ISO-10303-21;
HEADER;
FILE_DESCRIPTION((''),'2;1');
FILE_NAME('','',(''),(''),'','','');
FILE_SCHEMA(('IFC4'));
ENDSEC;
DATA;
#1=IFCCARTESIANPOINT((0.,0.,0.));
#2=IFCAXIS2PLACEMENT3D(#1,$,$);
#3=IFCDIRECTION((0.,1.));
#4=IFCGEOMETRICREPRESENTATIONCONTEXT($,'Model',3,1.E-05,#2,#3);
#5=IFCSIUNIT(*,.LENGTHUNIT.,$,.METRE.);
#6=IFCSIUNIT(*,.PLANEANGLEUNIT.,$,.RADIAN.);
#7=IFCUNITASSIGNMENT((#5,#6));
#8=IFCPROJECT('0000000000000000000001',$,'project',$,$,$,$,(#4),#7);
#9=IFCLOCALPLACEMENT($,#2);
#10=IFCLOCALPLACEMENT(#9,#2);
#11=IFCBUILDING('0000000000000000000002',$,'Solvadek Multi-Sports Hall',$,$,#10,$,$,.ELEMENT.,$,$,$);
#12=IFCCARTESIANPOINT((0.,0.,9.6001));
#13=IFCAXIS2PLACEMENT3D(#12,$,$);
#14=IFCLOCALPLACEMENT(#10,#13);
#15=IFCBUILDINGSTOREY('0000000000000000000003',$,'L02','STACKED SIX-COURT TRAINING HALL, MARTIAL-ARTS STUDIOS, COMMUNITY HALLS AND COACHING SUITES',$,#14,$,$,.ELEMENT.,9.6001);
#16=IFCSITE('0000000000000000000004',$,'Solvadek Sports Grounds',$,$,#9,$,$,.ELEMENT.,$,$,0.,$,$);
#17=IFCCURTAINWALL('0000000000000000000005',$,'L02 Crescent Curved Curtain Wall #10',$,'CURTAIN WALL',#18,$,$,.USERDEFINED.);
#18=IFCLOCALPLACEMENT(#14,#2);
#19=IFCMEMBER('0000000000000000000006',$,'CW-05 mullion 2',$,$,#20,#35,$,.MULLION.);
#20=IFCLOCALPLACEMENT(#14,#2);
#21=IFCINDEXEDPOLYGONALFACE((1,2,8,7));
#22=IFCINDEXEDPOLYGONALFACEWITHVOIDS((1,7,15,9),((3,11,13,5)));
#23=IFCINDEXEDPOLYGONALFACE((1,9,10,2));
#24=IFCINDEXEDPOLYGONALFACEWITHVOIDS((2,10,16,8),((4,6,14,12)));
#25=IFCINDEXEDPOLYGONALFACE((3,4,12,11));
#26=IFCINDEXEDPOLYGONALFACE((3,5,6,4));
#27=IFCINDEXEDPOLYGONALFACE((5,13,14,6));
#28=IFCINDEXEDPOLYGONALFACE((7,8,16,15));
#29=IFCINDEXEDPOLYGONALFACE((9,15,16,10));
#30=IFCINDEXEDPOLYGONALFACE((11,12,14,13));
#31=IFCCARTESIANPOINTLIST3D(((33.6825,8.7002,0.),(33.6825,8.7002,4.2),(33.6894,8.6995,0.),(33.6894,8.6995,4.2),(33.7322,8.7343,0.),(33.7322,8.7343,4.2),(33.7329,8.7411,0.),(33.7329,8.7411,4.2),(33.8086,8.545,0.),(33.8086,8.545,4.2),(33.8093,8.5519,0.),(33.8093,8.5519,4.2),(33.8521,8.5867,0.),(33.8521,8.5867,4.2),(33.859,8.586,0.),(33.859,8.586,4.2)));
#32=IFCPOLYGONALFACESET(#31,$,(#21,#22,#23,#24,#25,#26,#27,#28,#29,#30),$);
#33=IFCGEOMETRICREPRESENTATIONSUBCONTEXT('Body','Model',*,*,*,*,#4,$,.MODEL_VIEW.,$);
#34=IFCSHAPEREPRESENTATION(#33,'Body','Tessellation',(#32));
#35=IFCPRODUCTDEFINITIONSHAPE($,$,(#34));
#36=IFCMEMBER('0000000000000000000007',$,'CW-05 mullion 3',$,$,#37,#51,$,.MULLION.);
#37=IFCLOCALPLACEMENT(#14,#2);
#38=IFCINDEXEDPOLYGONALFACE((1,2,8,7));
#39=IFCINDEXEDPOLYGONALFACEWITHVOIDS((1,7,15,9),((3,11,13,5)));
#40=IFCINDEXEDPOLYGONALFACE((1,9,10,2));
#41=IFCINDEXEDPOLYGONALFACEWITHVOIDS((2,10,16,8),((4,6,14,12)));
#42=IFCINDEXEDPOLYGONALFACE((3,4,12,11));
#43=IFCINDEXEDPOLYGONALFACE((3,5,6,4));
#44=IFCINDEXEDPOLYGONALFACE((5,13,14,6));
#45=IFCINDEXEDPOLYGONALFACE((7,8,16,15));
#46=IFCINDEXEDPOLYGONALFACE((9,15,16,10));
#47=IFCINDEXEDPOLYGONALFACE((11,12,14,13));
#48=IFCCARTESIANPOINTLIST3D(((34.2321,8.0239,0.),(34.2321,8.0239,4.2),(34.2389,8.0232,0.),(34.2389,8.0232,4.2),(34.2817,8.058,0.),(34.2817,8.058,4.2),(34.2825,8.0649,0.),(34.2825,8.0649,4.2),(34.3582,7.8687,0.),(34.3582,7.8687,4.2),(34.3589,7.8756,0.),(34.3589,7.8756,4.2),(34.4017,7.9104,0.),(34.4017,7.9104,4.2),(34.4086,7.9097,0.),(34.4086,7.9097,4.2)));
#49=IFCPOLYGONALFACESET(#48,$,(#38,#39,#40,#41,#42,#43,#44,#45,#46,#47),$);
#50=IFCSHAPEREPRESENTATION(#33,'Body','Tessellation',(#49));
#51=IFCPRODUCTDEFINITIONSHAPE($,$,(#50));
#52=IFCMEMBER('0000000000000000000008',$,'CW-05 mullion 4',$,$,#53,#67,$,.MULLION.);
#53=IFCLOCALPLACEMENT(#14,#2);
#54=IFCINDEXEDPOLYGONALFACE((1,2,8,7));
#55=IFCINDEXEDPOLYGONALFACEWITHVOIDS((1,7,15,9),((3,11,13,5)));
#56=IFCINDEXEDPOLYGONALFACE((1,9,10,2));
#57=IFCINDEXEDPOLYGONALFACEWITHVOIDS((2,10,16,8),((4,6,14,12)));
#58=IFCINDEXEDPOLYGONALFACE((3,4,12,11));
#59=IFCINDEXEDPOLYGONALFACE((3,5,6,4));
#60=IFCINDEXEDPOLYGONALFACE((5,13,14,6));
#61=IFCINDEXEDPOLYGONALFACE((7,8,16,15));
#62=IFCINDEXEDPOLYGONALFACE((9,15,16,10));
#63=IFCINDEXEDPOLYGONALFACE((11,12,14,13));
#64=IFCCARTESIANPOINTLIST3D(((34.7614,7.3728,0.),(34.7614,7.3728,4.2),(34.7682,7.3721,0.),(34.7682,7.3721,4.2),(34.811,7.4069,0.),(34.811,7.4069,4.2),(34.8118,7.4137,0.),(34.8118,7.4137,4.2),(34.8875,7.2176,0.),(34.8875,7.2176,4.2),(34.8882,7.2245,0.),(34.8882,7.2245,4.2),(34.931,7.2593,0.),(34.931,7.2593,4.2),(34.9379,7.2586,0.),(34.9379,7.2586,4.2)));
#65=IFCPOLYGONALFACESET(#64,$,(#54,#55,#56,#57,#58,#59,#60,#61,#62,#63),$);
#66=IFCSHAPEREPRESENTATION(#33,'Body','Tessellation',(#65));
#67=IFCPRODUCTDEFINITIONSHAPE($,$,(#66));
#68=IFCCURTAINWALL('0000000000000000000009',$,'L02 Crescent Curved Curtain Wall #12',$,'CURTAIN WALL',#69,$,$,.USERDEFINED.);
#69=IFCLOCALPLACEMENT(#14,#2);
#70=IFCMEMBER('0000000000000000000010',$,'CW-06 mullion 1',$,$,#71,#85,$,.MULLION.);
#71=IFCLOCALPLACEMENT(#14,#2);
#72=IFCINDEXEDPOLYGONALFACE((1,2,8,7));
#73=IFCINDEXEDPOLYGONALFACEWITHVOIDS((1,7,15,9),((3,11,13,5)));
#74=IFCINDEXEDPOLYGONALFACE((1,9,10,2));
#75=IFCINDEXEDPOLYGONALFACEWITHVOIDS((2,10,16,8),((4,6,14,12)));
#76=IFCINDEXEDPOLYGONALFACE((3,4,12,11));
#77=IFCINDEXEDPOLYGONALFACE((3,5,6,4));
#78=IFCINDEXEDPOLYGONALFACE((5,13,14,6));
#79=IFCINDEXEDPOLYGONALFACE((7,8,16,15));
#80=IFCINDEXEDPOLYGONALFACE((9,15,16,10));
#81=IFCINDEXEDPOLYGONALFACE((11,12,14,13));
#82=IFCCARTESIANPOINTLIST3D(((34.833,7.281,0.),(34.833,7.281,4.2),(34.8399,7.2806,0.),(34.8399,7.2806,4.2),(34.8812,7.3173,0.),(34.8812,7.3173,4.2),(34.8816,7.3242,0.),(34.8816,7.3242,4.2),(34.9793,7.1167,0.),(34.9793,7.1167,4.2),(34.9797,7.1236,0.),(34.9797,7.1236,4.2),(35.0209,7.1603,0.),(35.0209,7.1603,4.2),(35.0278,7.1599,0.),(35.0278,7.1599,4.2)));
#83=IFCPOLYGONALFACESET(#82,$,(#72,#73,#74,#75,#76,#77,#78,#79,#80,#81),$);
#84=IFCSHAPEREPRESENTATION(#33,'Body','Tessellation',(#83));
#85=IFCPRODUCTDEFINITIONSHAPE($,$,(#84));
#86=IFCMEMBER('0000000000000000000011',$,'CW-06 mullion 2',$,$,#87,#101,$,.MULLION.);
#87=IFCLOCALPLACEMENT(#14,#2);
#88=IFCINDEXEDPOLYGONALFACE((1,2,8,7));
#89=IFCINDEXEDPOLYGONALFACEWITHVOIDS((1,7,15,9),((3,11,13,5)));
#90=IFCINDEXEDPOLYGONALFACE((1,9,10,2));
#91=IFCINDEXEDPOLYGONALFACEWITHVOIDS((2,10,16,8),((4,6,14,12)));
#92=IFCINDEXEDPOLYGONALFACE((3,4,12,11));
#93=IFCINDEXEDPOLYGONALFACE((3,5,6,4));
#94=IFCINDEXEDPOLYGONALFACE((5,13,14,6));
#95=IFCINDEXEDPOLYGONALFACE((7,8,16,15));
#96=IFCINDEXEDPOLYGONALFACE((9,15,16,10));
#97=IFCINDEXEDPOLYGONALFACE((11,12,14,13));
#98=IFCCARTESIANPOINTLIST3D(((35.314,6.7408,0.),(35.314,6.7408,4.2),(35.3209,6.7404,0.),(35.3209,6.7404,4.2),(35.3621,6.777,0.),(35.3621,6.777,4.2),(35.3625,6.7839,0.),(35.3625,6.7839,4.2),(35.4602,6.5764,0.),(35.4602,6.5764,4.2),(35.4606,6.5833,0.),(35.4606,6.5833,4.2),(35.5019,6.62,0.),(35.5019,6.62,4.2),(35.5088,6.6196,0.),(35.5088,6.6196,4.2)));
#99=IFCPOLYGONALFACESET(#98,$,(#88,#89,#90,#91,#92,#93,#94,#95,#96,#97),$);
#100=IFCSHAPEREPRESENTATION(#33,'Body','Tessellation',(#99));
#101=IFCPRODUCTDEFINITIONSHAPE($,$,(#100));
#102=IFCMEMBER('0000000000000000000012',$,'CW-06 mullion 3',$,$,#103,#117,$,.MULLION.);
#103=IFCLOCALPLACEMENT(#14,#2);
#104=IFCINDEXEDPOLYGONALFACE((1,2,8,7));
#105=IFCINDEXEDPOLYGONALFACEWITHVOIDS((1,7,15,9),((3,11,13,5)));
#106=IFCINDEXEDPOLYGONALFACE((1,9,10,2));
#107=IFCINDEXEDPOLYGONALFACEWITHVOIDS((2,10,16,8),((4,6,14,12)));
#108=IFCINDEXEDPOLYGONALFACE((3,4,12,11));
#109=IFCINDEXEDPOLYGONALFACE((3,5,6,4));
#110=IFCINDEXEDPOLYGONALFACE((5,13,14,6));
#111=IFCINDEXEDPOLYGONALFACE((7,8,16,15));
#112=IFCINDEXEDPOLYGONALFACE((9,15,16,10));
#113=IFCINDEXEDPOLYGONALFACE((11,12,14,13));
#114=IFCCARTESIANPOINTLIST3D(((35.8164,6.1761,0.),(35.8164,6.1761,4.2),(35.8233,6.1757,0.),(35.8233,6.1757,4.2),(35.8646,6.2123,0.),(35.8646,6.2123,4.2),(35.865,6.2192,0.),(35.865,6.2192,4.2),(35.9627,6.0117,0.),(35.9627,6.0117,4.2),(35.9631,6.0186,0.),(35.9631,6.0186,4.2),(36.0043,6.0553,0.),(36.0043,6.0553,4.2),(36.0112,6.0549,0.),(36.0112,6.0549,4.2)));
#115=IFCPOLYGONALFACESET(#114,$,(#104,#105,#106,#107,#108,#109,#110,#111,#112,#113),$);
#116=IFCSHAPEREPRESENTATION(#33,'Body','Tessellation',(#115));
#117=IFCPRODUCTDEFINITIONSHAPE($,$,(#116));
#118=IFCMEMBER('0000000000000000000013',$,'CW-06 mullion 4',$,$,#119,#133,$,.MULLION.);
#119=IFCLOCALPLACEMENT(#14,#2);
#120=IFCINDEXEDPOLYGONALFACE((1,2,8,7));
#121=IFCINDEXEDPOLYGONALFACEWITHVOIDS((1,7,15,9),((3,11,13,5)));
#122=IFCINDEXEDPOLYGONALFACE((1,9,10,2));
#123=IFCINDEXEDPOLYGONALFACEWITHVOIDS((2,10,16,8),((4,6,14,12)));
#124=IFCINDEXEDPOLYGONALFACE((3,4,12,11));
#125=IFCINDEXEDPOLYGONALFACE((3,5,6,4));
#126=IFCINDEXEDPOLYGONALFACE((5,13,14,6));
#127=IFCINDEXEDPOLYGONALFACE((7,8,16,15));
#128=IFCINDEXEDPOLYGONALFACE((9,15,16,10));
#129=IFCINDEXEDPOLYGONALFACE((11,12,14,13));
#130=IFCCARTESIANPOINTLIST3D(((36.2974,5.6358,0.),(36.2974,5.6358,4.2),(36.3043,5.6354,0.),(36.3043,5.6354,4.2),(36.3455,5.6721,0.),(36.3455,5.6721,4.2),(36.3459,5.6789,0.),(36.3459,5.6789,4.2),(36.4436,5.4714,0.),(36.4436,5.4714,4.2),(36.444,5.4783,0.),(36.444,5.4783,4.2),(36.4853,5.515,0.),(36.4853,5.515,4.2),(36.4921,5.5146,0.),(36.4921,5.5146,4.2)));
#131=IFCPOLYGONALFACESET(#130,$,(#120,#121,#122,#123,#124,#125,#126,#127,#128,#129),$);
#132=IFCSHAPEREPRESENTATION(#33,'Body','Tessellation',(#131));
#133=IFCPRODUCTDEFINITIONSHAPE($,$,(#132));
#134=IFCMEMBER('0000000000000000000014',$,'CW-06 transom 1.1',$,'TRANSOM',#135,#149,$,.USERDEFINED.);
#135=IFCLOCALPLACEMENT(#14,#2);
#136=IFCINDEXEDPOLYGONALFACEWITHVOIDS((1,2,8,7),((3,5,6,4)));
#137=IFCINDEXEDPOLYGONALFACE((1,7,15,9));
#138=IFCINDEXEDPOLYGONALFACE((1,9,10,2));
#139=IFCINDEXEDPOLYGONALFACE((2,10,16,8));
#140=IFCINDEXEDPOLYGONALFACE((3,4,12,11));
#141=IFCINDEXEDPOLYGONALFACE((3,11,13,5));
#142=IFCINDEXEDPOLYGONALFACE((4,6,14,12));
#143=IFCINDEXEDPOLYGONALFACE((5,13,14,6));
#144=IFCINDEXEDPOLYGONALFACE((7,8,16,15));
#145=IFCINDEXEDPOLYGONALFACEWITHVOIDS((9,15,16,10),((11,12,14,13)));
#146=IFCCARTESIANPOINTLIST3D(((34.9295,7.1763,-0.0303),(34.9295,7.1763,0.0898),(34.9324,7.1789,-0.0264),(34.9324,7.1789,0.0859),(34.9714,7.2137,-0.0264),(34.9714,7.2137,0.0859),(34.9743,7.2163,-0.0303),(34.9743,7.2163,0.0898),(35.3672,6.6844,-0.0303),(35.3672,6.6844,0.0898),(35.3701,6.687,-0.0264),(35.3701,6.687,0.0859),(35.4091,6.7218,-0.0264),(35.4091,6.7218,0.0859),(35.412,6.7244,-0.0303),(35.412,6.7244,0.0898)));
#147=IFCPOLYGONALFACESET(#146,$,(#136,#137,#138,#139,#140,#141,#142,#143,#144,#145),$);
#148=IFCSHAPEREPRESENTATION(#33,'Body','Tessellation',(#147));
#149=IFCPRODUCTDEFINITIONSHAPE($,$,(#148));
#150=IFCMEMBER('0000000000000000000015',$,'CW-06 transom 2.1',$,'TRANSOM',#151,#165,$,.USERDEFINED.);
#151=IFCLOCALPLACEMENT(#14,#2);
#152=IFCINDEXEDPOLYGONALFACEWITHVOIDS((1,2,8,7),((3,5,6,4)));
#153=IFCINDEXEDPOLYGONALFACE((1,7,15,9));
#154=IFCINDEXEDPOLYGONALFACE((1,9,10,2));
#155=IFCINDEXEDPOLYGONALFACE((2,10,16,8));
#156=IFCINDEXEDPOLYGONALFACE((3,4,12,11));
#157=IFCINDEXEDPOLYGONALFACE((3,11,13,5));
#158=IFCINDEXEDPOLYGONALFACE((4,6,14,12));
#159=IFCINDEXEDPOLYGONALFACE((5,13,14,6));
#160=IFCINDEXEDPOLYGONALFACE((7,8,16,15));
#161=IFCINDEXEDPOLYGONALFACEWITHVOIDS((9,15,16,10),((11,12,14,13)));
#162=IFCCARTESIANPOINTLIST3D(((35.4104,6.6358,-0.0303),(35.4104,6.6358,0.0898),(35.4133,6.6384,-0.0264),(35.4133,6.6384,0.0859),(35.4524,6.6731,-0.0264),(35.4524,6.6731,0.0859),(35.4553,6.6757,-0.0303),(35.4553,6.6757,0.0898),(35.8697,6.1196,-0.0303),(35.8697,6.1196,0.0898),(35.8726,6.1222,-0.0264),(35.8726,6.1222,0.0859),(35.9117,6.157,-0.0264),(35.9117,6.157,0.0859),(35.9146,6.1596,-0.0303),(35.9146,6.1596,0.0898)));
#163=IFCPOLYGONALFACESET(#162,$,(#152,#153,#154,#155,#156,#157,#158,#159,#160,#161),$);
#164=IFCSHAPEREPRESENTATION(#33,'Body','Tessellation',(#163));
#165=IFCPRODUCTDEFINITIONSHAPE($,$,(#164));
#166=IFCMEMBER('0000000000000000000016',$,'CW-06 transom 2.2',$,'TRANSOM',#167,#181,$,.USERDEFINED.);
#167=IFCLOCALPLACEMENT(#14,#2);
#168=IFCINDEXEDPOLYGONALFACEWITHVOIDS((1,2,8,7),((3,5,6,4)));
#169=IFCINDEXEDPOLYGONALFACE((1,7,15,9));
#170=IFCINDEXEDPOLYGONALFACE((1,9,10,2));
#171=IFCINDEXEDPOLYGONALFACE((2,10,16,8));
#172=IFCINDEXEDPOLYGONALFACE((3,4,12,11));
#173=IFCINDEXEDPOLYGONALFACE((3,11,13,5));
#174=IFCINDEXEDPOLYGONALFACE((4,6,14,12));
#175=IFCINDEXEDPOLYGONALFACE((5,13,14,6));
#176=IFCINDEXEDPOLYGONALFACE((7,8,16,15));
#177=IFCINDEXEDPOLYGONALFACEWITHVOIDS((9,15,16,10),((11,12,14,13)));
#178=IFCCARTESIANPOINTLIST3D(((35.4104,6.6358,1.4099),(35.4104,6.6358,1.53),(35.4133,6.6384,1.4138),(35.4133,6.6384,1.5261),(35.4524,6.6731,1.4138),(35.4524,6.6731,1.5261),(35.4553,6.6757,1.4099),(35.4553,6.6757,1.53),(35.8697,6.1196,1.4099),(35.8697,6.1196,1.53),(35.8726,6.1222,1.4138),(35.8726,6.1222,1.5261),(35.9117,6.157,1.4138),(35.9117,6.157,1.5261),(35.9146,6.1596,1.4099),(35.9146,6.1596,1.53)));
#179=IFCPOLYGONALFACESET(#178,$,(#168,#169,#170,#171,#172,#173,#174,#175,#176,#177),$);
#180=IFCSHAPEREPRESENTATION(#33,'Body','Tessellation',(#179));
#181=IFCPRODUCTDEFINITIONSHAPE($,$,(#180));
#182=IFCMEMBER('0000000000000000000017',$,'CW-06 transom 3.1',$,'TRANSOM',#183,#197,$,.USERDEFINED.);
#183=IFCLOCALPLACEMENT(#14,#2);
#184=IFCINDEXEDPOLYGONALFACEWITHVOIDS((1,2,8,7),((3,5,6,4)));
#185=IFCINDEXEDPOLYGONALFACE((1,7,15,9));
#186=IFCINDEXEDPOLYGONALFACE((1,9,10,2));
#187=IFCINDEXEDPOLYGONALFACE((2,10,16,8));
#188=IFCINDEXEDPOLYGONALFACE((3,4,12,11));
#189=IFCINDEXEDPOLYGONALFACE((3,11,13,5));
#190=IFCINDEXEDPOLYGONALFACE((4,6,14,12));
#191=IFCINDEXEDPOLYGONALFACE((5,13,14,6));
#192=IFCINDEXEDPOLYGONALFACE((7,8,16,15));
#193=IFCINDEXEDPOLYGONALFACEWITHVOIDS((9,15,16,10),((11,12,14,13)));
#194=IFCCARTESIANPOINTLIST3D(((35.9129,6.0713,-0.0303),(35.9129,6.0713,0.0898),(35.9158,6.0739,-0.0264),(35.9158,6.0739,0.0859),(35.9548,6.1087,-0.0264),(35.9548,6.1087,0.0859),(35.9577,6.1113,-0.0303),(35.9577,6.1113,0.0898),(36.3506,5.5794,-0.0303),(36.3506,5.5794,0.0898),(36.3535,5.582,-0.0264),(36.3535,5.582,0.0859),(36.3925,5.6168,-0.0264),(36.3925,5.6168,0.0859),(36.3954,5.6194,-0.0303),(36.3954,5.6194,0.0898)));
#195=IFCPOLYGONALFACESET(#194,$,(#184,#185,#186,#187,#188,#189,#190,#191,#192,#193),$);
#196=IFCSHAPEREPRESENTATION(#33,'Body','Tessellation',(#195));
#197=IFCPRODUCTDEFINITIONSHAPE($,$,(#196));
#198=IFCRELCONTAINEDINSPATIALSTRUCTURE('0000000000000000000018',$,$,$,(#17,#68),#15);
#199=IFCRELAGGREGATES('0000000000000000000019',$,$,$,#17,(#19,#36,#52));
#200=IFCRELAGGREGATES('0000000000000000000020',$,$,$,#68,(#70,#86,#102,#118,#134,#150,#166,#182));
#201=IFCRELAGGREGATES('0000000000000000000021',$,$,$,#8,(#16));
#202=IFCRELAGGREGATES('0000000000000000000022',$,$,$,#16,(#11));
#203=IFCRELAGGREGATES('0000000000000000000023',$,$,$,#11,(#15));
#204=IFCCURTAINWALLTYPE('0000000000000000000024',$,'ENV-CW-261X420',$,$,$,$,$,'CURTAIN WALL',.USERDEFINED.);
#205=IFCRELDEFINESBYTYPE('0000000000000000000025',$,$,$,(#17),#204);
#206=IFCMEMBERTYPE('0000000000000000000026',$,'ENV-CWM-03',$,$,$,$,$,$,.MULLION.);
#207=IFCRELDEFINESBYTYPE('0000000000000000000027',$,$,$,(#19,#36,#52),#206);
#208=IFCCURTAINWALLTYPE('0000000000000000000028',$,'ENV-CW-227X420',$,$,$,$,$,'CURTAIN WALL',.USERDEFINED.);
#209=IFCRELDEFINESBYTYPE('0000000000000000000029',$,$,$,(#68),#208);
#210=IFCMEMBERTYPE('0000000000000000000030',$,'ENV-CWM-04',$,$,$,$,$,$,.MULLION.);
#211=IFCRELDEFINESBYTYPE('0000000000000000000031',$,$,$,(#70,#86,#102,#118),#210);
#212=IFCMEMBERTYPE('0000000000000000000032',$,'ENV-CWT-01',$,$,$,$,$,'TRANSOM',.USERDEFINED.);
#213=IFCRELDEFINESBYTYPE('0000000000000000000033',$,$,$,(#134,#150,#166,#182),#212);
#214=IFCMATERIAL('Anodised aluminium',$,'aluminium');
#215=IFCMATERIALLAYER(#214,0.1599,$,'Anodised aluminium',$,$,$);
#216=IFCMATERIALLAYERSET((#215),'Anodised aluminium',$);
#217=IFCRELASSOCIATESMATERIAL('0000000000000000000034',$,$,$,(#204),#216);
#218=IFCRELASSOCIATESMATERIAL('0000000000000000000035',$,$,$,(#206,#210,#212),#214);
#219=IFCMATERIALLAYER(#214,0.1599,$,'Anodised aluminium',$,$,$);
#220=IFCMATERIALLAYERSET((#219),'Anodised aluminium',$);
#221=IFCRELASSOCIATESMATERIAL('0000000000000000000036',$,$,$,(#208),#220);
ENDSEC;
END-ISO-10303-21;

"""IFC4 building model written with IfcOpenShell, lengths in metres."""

from ifc_helpers import new_model, si_unit, direction, frame, origin, origin_2d, place, context, subcontext, project, spatial, hollow_rectangle, extrude, material, layer, layer_set, material_profile, profile_set, type_object, element, aggregate, save


model = new_model("IFC4")

# Units and contexts
model_context = context("Model", 3, precision=1e-05, world=origin(), true_north=direction((0.0, 1.0)))
body_context = subcontext(model_context, "Body", "Model", "MODEL_VIEW")
ifc_project = project(units=[si_unit("LENGTHUNIT", "METRE"), si_unit("PLANEANGLEUNIT", "RADIAN")], contexts=[model_context])

# Site, building, storey
site_placement = place(None, origin())
site = spatial("IfcSite", under=ifc_project, at=site_placement, Name="Solvadek Sports Grounds", CompositionType="ELEMENT", RefElevation=0.0)
building_placement = place(site_placement, origin())
building = spatial("IfcBuilding", under=site, at=building_placement, Name="Solvadek Multi-Sports Hall", CompositionType="ELEMENT")
storey_placement = place(building_placement, frame((0.0, 0.0, 9.6001)))
storey = spatial("IfcBuildingStorey", under=building, at=storey_placement, Name="L02", Description="STACKED SIX-COURT TRAINING HALL, MARTIAL-ARTS STUDIOS, COMMUNITY HALLS AND COACHING SUITES", CompositionType="ELEMENT", Elevation=9.6001)

# Curtain walls, members
ifc_material_1 = material(Name="Anodised aluminium", Category="aluminium")
ifc_layer_1 = layer(ifc_material_1, 0.1599, Name="Anodised aluminium")
ifc_layer_set_1 = layer_set([ifc_layer_1], Name="Anodised aluminium")
curtain_wall_type_1 = type_object("IfcCurtainWallType", Name="ENV-CW-261X420", ElementType="CURTAIN WALL", PredefinedType="USERDEFINED", material=ifc_layer_set_1)
curtain_wall_1_placement = place(storey_placement, origin())
curtain_wall_1 = element("IfcCurtainWall", 1, at=curtain_wall_1_placement, inside=storey, type_object=curtain_wall_type_1, Name="L02 Crescent Curved Curtain Wall #10", ObjectType="CURTAIN WALL", PredefinedType="USERDEFINED")
ifc_material_profile_1 = material_profile(ifc_material_1, hollow_rectangle(XDim=0.0649, YDim=0.2, WallThickness=0.0049, at=origin_2d()), Name="ALU-M 200x65x5")
ifc_profile_set_1 = profile_set([ifc_material_profile_1], Name="Anodised aluminium")
member_type_1 = type_object("IfcMemberType", Name="ENV-CWM-03", PredefinedType="MULLION", material=ifc_profile_set_1)
member_1_placement = place(storey_placement, frame((33.7708, 8.6431, 0.0), z_axis=(0.0, 0.0, 1.0), x_axis=(0.776032, 0.630693, 0.0)))
member_1 = element("IfcMember", 2, at=member_1_placement, type_object=member_type_1, Name="CW-05 mullion 2", PredefinedType="MULLION", context=body_context, shape_type="SweptSolid", body=[
    extrude(hollow_rectangle(XDim=0.0649, YDim=0.2, WallThickness=0.0049, at=origin_2d()), origin(), (0.0, 0.0, 1.0), 4.2),
])
member_2_placement = place(storey_placement, frame((34.3203, 7.9668, 0.0), z_axis=(0.0, 0.0, 1.0), x_axis=(0.776032, 0.630693, 0.0)))
member_2 = element("IfcMember", 3, at=member_2_placement, type_object=member_type_1, Name="CW-05 mullion 3", PredefinedType="MULLION", context=body_context, shape_type="SweptSolid", body=[
    extrude(hollow_rectangle(XDim=0.0649, YDim=0.2, WallThickness=0.0049, at=origin_2d()), origin(), (0.0, 0.0, 1.0), 4.2),
])
member_3_placement = place(storey_placement, frame((34.8496, 7.3157, 0.0), z_axis=(0.0, 0.0, 1.0), x_axis=(0.776032, 0.630693, 0.0)))
member_3 = element("IfcMember", 4, at=member_3_placement, type_object=member_type_1, Name="CW-05 mullion 4", PredefinedType="MULLION", context=body_context, shape_type="SweptSolid", body=[
    extrude(hollow_rectangle(XDim=0.0649, YDim=0.2, WallThickness=0.0049, at=origin_2d()), origin(), (0.0, 0.0, 1.0), 4.2),
])
ifc_layer_2 = layer(ifc_material_1, 0.1599, Name="Anodised aluminium")
ifc_layer_set_2 = layer_set([ifc_layer_2], Name="Anodised aluminium")
curtain_wall_type_2 = type_object("IfcCurtainWallType", Name="ENV-CW-227X420", ElementType="CURTAIN WALL", PredefinedType="USERDEFINED", material=ifc_layer_set_2)
curtain_wall_2_placement = place(storey_placement, origin())
curtain_wall_2 = element("IfcCurtainWall", 5, at=curtain_wall_2_placement, inside=storey, type_object=curtain_wall_type_2, Name="L02 Crescent Curved Curtain Wall #12", ObjectType="CURTAIN WALL", PredefinedType="USERDEFINED")
ifc_material_profile_2 = material_profile(ifc_material_1, hollow_rectangle(XDim=0.0649, YDim=0.22, WallThickness=0.0049, at=origin_2d()), Name="ALU-M 220x65x5")
ifc_profile_set_2 = profile_set([ifc_material_profile_2], Name="Anodised aluminium")
member_type_2 = type_object("IfcMemberType", Name="ENV-CWM-04", PredefinedType="MULLION", material=ifc_profile_set_2)
member_4_placement = place(storey_placement, frame((34.9304, 7.2205, 0.0), z_axis=(0.0, 0.0, 1.0), x_axis=(0.747032, 0.664788, 0.0)))
member_4 = element("IfcMember", 6, at=member_4_placement, type_object=member_type_2, Name="CW-06 mullion 1", PredefinedType="MULLION", context=body_context, shape_type="SweptSolid", body=[
    extrude(hollow_rectangle(XDim=0.0649, YDim=0.22, WallThickness=0.0049, at=origin_2d()), origin(), (0.0, 0.0, 1.0), 4.2),
])
member_5_placement = place(storey_placement, frame((35.4114, 6.6802, 0.0), z_axis=(0.0, 0.0, 1.0), x_axis=(0.747032, 0.664788, 0.0)))
member_5 = element("IfcMember", 7, at=member_5_placement, type_object=member_type_2, Name="CW-06 mullion 2", PredefinedType="MULLION", context=body_context, shape_type="SweptSolid", body=[
    extrude(hollow_rectangle(XDim=0.0649, YDim=0.22, WallThickness=0.0049, at=origin_2d()), origin(), (0.0, 0.0, 1.0), 4.2),
])
member_6_placement = place(storey_placement, frame((35.9138, 6.1155, 0.0), z_axis=(0.0, 0.0, 1.0), x_axis=(0.747032, 0.664788, 0.0)))
member_6 = element("IfcMember", 8, at=member_6_placement, type_object=member_type_2, Name="CW-06 mullion 3", PredefinedType="MULLION", context=body_context, shape_type="SweptSolid", body=[
    extrude(hollow_rectangle(XDim=0.0649, YDim=0.22, WallThickness=0.0049, at=origin_2d()), origin(), (0.0, 0.0, 1.0), 4.2),
])
member_7_placement = place(storey_placement, frame((36.3948, 5.5752, 0.0), z_axis=(0.0, 0.0, 1.0), x_axis=(0.747032, 0.664788, 0.0)))
member_7 = element("IfcMember", 9, at=member_7_placement, type_object=member_type_2, Name="CW-06 mullion 4", PredefinedType="MULLION", context=body_context, shape_type="SweptSolid", body=[
    extrude(hollow_rectangle(XDim=0.0649, YDim=0.22, WallThickness=0.0049, at=origin_2d()), origin(), (0.0, 0.0, 1.0), 4.2),
])
ifc_material_profile_3 = material_profile(ifc_material_1, hollow_rectangle(XDim=0.0601, YDim=0.1201, WallThickness=0.0039, at=origin_2d()), Name="ALU-T 120x60x4")
ifc_profile_set_3 = profile_set([ifc_material_profile_3], Name="Anodised aluminium")
member_type_3 = type_object("IfcMemberType", Name="ENV-CWT-01", ElementType="TRANSOM", PredefinedType="USERDEFINED", material=ifc_profile_set_3)
member_8_placement = place(storey_placement, frame((34.9519, 7.1963, 0.0298), z_axis=(0.664755, -0.747061, 0.0), x_axis=(0.747061, 0.664755, 0.0)))
member_8 = element("IfcMember", 10, at=member_8_placement, type_object=member_type_3, Name="CW-06 transom 1.1", ObjectType="TRANSOM", PredefinedType="USERDEFINED", context=body_context, shape_type="SweptSolid", body=[
    extrude(hollow_rectangle(XDim=0.0601, YDim=0.1201, WallThickness=0.0039, at=origin_2d()), origin(), (0.0, 0.0, 1.0), 0.6584),
])
member_9_placement = place(storey_placement, frame((35.4329, 6.6558, 0.0298), z_axis=(0.664737, -0.747078, 0.0), x_axis=(0.747078, 0.664737, 0.0)))
member_9 = element("IfcMember", 11, at=member_9_placement, type_object=member_type_3, Name="CW-06 transom 2.1", ObjectType="TRANSOM", PredefinedType="USERDEFINED", context=body_context, shape_type="SweptSolid", body=[
    extrude(hollow_rectangle(XDim=0.0601, YDim=0.1201, WallThickness=0.0039, at=origin_2d()), origin(), (0.0, 0.0, 1.0), 0.6909),
])
member_10_placement = place(storey_placement, frame((35.4329, 6.6558, 1.47), z_axis=(0.664737, -0.747078, 0.0), x_axis=(0.747078, 0.664737, 0.0)))
member_10 = element("IfcMember", 12, at=member_10_placement, type_object=member_type_3, Name="CW-06 transom 2.2", ObjectType="TRANSOM", PredefinedType="USERDEFINED", context=body_context, shape_type="SweptSolid", body=[
    extrude(hollow_rectangle(XDim=0.0601, YDim=0.1201, WallThickness=0.0039, at=origin_2d()), origin(), (0.0, 0.0, 1.0), 0.6909),
])
member_11_placement = place(storey_placement, frame((35.9353, 6.0913, 0.0298), z_axis=(0.664755, -0.747061, 0.0), x_axis=(0.747061, 0.664755, 0.0)))
member_11 = element("IfcMember", 13, at=member_11_placement, type_object=member_type_3, Name="CW-06 transom 3.1", ObjectType="TRANSOM", PredefinedType="USERDEFINED", context=body_context, shape_type="SweptSolid", body=[
    extrude(hollow_rectangle(XDim=0.0601, YDim=0.1201, WallThickness=0.0039, at=origin_2d()), origin(), (0.0, 0.0, 1.0), 0.6584),
])

aggregate(curtain_wall_1, [member_1, member_2, member_3])
aggregate(curtain_wall_2, [member_4, member_5, member_6, member_7, member_8, member_9, member_10, member_11])

save(model, "model.ifc")
